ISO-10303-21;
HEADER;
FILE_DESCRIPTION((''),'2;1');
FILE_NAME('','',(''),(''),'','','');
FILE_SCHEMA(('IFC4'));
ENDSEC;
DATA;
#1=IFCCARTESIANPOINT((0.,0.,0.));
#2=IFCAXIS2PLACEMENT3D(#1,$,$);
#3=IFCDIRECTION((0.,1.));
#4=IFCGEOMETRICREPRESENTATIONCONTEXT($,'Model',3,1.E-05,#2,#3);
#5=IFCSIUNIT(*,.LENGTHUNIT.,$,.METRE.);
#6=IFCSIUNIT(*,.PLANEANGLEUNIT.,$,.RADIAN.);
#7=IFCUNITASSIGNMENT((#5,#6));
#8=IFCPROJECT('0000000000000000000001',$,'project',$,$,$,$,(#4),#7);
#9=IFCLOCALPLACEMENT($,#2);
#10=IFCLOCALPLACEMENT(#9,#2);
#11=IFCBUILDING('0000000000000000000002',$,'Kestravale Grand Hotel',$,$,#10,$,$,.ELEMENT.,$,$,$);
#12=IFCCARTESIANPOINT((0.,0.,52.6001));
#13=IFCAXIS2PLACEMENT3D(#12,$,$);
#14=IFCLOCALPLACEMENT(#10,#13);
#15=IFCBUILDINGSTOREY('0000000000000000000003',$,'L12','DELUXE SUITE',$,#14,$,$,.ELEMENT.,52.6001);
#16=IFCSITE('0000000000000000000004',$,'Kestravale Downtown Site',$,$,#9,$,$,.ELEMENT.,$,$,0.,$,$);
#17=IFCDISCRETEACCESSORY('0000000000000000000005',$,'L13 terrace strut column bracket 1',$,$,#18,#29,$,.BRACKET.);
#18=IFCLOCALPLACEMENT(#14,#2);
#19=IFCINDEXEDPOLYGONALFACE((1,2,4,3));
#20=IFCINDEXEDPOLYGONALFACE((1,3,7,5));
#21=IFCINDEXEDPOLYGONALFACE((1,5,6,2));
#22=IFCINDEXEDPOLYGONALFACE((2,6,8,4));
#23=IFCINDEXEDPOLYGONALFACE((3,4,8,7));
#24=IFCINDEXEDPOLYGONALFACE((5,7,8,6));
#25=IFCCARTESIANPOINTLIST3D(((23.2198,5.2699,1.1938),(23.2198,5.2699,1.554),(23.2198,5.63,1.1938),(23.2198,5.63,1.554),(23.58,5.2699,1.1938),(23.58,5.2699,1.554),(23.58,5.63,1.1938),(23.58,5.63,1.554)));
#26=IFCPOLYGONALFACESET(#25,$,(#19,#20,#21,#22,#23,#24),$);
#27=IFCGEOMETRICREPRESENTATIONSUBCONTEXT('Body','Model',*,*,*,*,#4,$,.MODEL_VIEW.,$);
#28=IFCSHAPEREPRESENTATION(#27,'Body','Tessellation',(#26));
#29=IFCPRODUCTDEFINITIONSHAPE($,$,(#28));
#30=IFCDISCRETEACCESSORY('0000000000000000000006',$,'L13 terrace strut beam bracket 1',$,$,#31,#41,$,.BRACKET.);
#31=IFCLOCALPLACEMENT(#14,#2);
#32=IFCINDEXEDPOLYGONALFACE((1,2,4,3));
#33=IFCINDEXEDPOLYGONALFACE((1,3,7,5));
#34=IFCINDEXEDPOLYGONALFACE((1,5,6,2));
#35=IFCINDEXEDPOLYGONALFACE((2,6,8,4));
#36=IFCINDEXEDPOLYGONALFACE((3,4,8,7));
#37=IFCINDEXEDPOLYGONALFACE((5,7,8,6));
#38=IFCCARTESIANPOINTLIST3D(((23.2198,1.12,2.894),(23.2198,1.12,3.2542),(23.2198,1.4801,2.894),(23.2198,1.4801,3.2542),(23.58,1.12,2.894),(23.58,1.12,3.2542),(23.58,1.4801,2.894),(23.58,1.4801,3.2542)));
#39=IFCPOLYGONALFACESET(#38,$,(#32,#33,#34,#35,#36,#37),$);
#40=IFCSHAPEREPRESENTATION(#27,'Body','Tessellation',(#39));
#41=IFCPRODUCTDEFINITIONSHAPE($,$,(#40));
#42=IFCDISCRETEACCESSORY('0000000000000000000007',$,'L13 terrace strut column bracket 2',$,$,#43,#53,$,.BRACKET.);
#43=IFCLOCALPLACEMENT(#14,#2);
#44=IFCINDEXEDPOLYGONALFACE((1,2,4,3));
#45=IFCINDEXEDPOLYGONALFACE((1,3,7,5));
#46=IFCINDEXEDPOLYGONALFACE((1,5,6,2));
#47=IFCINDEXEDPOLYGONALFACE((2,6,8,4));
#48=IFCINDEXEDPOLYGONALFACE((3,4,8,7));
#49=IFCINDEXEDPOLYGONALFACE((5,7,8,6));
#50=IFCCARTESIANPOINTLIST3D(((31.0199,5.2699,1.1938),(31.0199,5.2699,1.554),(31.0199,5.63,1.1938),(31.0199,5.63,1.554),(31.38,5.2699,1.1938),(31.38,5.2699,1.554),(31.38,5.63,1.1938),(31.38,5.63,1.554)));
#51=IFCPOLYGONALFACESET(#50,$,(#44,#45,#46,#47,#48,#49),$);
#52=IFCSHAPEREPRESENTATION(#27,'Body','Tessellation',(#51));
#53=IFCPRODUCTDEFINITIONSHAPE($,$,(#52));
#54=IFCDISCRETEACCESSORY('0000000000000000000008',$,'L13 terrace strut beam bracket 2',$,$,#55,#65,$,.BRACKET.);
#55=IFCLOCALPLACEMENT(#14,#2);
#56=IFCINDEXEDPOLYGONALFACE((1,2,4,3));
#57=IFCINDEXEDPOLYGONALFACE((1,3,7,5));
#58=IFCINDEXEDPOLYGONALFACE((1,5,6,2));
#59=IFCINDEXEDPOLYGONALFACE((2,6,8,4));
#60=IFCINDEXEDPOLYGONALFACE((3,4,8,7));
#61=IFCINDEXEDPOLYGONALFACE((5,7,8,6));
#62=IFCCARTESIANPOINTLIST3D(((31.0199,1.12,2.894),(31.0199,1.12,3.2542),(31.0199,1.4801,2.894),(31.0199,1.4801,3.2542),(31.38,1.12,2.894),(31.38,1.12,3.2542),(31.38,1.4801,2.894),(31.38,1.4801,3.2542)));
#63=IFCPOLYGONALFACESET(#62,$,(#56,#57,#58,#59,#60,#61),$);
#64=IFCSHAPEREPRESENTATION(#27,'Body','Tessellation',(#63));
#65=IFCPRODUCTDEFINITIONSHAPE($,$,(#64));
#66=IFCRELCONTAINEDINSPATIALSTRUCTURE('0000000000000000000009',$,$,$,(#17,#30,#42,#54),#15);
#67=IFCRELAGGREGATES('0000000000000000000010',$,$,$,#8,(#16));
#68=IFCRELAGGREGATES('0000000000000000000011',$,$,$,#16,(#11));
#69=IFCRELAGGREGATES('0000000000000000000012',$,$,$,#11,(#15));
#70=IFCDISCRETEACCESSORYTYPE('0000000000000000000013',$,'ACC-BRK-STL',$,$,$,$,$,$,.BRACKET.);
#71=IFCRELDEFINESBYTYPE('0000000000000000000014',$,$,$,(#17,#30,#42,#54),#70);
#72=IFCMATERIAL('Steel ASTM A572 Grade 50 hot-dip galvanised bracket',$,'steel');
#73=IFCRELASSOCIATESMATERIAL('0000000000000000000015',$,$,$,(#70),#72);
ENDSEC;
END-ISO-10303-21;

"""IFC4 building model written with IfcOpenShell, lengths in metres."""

from ifc_helpers import new_model, si_unit, direction, frame, origin, origin_2d, place, context, subcontext, project, spatial, rectangle, extrude, material, type_object, element, save


model = new_model("IFC4")

# Units and contexts
model_context = context("Model", 3, precision=1e-05, world=origin(), true_north=direction((0.0, 1.0)))
body_context = subcontext(model_context, "Body", "Model", "MODEL_VIEW")
ifc_project = project(units=[si_unit("LENGTHUNIT", "METRE"), si_unit("PLANEANGLEUNIT", "RADIAN")], contexts=[model_context])

# Site, building, storey
site_placement = place(None, origin())
site = spatial("IfcSite", under=ifc_project, at=site_placement, Name="Kestravale Downtown Site", CompositionType="ELEMENT", RefElevation=0.0)
building_placement = place(site_placement, origin())
building = spatial("IfcBuilding", under=site, at=building_placement, Name="Kestravale Grand Hotel", CompositionType="ELEMENT")
storey_placement = place(building_placement, frame((0.0, 0.0, 52.6001)))
storey = spatial("IfcBuildingStorey", under=building, at=storey_placement, Name="L12", Description="DELUXE SUITE", CompositionType="ELEMENT", Elevation=52.6001)

# Discrete accessories
ifc_material_1 = material(Name="Steel ASTM A572 Grade 50 hot-dip galvanised bracket", Category="steel")
discrete_accessory_type = type_object("IfcDiscreteAccessoryType", Name="ACC-BRK-STL", PredefinedType="BRACKET", material=ifc_material_1)
for number, where, z_axis, x_axis, name in (
    (1, (23.3999, 5.45, 1.1938), (0.0, 0.0, 1.0), (1.0, 0.0, 0.0), "L13 terrace strut column bracket 1"),
    (2, (23.3999, 1.3, 2.894), (0.0, 0.0, 1.0), (1.0, 0.0, 0.0), "L13 terrace strut beam bracket 1"),
    (3, (31.2, 5.45, 1.1938), (0.0, 0.0, 1.0), (1.0, 0.0, 0.0), "L13 terrace strut column bracket 2"),
    (4, (31.2, 1.3, 2.894), (0.0, 0.0, 1.0), (1.0, 0.0, 0.0), "L13 terrace strut beam bracket 2"),
):
    element("IfcDiscreteAccessory", number, at=place(storey_placement, frame(where, z_axis=z_axis, x_axis=x_axis)), inside=storey, type_object=discrete_accessory_type, Name=name, PredefinedType="BRACKET", context=body_context, shape_type="SweptSolid", body=[
        extrude(rectangle(XDim=0.3601, YDim=0.3601, at=origin_2d()), origin(), (0.0, 0.0, 1.0), 0.3601),
    ])

save(model, "model.ifc")
